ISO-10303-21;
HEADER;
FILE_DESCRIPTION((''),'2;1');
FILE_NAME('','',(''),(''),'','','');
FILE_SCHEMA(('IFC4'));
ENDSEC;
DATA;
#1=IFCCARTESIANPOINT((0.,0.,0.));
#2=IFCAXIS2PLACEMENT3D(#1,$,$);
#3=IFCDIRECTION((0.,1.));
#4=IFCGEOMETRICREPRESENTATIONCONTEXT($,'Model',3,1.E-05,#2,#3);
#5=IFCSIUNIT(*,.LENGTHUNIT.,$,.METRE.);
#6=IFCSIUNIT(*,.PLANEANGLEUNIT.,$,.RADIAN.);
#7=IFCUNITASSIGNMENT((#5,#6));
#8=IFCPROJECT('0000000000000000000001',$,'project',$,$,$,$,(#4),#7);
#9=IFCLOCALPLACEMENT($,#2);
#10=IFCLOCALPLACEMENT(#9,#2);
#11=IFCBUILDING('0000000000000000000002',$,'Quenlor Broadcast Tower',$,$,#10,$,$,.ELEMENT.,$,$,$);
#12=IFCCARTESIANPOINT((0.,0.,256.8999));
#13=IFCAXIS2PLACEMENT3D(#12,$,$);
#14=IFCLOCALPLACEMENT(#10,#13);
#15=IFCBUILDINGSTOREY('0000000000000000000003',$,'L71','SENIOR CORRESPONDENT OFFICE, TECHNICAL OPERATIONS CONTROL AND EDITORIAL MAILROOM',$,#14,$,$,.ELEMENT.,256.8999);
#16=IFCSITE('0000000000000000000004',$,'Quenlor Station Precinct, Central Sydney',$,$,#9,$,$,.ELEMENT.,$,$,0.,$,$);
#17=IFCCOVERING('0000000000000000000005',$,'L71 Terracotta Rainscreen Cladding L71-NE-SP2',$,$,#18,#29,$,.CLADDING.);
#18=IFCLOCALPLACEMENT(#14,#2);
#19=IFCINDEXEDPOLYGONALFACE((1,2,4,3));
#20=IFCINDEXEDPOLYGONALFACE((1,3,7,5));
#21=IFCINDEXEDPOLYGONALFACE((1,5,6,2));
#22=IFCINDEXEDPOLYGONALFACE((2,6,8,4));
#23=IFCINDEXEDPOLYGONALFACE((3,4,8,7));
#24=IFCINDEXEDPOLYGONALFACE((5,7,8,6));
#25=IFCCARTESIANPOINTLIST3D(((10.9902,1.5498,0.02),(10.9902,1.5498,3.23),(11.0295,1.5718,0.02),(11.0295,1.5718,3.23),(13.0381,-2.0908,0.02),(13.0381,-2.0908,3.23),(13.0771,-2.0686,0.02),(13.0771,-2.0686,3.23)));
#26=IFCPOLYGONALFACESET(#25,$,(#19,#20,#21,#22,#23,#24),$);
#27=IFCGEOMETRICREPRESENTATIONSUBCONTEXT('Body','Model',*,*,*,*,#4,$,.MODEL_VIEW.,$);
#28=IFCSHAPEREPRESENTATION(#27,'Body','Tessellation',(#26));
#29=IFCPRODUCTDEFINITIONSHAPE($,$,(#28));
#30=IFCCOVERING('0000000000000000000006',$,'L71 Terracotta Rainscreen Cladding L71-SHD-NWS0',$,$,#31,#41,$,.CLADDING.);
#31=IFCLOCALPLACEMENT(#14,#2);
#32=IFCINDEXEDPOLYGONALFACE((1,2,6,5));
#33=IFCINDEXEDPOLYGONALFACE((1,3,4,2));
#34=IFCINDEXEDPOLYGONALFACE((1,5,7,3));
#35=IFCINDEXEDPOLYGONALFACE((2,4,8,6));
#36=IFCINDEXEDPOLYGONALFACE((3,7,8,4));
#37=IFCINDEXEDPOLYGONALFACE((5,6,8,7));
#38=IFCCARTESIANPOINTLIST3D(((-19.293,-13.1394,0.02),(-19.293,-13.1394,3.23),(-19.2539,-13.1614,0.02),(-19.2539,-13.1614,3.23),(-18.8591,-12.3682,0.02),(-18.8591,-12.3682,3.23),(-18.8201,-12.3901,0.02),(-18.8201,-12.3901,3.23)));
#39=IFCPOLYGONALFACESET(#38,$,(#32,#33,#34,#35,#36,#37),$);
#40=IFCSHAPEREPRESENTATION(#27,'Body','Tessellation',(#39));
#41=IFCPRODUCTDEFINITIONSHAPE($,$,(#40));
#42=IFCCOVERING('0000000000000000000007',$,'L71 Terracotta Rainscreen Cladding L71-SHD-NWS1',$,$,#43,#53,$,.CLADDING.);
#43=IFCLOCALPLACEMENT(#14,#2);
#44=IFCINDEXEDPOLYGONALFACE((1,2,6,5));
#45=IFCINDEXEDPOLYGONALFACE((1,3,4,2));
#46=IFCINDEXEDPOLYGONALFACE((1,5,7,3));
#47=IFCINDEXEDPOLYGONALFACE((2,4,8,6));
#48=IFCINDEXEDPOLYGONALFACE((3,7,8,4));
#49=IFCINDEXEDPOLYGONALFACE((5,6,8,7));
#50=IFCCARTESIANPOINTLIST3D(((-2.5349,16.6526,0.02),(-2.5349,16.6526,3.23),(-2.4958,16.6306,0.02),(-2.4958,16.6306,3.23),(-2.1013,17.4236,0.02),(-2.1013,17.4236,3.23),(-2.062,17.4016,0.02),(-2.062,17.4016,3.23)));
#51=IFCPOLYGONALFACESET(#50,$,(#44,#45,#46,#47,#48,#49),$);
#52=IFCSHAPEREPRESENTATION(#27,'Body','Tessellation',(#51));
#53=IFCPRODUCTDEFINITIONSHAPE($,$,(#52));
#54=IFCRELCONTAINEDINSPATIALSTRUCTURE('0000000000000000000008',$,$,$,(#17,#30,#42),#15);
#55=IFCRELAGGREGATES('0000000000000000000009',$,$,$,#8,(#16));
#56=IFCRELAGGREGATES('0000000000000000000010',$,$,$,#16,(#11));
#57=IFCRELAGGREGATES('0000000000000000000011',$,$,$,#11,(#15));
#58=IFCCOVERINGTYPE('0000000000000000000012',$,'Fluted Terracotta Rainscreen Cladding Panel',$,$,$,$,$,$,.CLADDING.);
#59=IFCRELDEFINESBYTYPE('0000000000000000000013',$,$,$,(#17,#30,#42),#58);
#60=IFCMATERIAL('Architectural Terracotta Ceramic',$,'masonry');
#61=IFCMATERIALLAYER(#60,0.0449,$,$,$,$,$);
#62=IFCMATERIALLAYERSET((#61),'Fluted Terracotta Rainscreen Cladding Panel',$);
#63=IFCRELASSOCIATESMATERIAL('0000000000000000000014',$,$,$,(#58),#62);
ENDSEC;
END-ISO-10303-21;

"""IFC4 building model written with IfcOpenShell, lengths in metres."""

from ifc_helpers import new_model, si_unit, direction, frame, origin, place, context, subcontext, project, spatial, polyline, outline, extrude, material, layer, layer_set, type_object, element, save


model = new_model("IFC4")

# Units and contexts
model_context = context("Model", 3, precision=1e-05, world=origin(), true_north=direction((0.0, 1.0)))
body_context = subcontext(model_context, "Body", "Model", "MODEL_VIEW")
ifc_project = project(units=[si_unit("LENGTHUNIT", "METRE"), si_unit("PLANEANGLEUNIT", "RADIAN")], contexts=[model_context])

# Site, building, storey
site_placement = place(None, origin())
site = spatial("IfcSite", under=ifc_project, at=site_placement, Name="Quenlor Station Precinct, Central Sydney", CompositionType="ELEMENT", RefElevation=0.0)
building_placement = place(site_placement, origin())
building = spatial("IfcBuilding", under=site, at=building_placement, Name="Quenlor Broadcast Tower", CompositionType="ELEMENT")
storey_placement = place(building_placement, frame((0.0, 0.0, 256.8999)))
storey = spatial("IfcBuildingStorey", under=building, at=storey_placement, Name="L71", Description="SENIOR CORRESPONDENT OFFICE, TECHNICAL OPERATIONS CONTROL AND EDITORIAL MAILROOM", CompositionType="ELEMENT", Elevation=256.8999)

# Coverings
ifc_material_1 = material(Name="Architectural Terracotta Ceramic", Category="masonry")
ifc_layer_1 = layer(ifc_material_1, 0.0449)
ifc_layer_set_1 = layer_set([ifc_layer_1], Name="Fluted Terracotta Rainscreen Cladding Panel")
covering_type = type_object("IfcCoveringType", Name="Fluted Terracotta Rainscreen Cladding Panel", PredefinedType="CLADDING", material=ifc_layer_set_1)
covering_1_placement = place(storey_placement, frame((0.0, 0.0, 0.02)))
element("IfcCovering", 1, at=covering_1_placement, inside=storey, type_object=covering_type, Name="L71 Terracotta Rainscreen Cladding L71-NE-SP2", PredefinedType="CLADDING", context=body_context, shape_type="SweptSolid", body=[
    extrude(outline(polyline([(10.9902, 1.5498), (13.0381, -2.0908), (13.0771, -2.0686), (11.0295, 1.5718), (10.9902, 1.5498)])), origin(), (0.0, 0.0, 1.0), 3.21),
])
covering_2_placement = place(storey_placement, frame((0.0, 0.0, 0.02)))
element("IfcCovering", 2, at=covering_2_placement, inside=storey, type_object=covering_type, Name="L71 Terracotta Rainscreen Cladding L71-SHD-NWS0", PredefinedType="CLADDING", context=body_context, shape_type="SweptSolid", body=[
    extrude(outline(polyline([(-19.2539, -13.1614), (-18.8201, -12.3901), (-18.8591, -12.3682), (-19.293, -13.1394), (-19.2539, -13.1614)])), origin(), (0.0, 0.0, 1.0), 3.21),
])
covering_3_placement = place(storey_placement, frame((0.0, 0.0, 0.02)))
element("IfcCovering", 3, at=covering_3_placement, inside=storey, type_object=covering_type, Name="L71 Terracotta Rainscreen Cladding L71-SHD-NWS1", PredefinedType="CLADDING", context=body_context, shape_type="SweptSolid", body=[
    extrude(outline(polyline([(-2.4958, 16.6306), (-2.062, 17.4016), (-2.1013, 17.4236), (-2.5349, 16.6526), (-2.4958, 16.6306)])), origin(), (0.0, 0.0, 1.0), 3.21),
])

save(model, "model.ifc")
